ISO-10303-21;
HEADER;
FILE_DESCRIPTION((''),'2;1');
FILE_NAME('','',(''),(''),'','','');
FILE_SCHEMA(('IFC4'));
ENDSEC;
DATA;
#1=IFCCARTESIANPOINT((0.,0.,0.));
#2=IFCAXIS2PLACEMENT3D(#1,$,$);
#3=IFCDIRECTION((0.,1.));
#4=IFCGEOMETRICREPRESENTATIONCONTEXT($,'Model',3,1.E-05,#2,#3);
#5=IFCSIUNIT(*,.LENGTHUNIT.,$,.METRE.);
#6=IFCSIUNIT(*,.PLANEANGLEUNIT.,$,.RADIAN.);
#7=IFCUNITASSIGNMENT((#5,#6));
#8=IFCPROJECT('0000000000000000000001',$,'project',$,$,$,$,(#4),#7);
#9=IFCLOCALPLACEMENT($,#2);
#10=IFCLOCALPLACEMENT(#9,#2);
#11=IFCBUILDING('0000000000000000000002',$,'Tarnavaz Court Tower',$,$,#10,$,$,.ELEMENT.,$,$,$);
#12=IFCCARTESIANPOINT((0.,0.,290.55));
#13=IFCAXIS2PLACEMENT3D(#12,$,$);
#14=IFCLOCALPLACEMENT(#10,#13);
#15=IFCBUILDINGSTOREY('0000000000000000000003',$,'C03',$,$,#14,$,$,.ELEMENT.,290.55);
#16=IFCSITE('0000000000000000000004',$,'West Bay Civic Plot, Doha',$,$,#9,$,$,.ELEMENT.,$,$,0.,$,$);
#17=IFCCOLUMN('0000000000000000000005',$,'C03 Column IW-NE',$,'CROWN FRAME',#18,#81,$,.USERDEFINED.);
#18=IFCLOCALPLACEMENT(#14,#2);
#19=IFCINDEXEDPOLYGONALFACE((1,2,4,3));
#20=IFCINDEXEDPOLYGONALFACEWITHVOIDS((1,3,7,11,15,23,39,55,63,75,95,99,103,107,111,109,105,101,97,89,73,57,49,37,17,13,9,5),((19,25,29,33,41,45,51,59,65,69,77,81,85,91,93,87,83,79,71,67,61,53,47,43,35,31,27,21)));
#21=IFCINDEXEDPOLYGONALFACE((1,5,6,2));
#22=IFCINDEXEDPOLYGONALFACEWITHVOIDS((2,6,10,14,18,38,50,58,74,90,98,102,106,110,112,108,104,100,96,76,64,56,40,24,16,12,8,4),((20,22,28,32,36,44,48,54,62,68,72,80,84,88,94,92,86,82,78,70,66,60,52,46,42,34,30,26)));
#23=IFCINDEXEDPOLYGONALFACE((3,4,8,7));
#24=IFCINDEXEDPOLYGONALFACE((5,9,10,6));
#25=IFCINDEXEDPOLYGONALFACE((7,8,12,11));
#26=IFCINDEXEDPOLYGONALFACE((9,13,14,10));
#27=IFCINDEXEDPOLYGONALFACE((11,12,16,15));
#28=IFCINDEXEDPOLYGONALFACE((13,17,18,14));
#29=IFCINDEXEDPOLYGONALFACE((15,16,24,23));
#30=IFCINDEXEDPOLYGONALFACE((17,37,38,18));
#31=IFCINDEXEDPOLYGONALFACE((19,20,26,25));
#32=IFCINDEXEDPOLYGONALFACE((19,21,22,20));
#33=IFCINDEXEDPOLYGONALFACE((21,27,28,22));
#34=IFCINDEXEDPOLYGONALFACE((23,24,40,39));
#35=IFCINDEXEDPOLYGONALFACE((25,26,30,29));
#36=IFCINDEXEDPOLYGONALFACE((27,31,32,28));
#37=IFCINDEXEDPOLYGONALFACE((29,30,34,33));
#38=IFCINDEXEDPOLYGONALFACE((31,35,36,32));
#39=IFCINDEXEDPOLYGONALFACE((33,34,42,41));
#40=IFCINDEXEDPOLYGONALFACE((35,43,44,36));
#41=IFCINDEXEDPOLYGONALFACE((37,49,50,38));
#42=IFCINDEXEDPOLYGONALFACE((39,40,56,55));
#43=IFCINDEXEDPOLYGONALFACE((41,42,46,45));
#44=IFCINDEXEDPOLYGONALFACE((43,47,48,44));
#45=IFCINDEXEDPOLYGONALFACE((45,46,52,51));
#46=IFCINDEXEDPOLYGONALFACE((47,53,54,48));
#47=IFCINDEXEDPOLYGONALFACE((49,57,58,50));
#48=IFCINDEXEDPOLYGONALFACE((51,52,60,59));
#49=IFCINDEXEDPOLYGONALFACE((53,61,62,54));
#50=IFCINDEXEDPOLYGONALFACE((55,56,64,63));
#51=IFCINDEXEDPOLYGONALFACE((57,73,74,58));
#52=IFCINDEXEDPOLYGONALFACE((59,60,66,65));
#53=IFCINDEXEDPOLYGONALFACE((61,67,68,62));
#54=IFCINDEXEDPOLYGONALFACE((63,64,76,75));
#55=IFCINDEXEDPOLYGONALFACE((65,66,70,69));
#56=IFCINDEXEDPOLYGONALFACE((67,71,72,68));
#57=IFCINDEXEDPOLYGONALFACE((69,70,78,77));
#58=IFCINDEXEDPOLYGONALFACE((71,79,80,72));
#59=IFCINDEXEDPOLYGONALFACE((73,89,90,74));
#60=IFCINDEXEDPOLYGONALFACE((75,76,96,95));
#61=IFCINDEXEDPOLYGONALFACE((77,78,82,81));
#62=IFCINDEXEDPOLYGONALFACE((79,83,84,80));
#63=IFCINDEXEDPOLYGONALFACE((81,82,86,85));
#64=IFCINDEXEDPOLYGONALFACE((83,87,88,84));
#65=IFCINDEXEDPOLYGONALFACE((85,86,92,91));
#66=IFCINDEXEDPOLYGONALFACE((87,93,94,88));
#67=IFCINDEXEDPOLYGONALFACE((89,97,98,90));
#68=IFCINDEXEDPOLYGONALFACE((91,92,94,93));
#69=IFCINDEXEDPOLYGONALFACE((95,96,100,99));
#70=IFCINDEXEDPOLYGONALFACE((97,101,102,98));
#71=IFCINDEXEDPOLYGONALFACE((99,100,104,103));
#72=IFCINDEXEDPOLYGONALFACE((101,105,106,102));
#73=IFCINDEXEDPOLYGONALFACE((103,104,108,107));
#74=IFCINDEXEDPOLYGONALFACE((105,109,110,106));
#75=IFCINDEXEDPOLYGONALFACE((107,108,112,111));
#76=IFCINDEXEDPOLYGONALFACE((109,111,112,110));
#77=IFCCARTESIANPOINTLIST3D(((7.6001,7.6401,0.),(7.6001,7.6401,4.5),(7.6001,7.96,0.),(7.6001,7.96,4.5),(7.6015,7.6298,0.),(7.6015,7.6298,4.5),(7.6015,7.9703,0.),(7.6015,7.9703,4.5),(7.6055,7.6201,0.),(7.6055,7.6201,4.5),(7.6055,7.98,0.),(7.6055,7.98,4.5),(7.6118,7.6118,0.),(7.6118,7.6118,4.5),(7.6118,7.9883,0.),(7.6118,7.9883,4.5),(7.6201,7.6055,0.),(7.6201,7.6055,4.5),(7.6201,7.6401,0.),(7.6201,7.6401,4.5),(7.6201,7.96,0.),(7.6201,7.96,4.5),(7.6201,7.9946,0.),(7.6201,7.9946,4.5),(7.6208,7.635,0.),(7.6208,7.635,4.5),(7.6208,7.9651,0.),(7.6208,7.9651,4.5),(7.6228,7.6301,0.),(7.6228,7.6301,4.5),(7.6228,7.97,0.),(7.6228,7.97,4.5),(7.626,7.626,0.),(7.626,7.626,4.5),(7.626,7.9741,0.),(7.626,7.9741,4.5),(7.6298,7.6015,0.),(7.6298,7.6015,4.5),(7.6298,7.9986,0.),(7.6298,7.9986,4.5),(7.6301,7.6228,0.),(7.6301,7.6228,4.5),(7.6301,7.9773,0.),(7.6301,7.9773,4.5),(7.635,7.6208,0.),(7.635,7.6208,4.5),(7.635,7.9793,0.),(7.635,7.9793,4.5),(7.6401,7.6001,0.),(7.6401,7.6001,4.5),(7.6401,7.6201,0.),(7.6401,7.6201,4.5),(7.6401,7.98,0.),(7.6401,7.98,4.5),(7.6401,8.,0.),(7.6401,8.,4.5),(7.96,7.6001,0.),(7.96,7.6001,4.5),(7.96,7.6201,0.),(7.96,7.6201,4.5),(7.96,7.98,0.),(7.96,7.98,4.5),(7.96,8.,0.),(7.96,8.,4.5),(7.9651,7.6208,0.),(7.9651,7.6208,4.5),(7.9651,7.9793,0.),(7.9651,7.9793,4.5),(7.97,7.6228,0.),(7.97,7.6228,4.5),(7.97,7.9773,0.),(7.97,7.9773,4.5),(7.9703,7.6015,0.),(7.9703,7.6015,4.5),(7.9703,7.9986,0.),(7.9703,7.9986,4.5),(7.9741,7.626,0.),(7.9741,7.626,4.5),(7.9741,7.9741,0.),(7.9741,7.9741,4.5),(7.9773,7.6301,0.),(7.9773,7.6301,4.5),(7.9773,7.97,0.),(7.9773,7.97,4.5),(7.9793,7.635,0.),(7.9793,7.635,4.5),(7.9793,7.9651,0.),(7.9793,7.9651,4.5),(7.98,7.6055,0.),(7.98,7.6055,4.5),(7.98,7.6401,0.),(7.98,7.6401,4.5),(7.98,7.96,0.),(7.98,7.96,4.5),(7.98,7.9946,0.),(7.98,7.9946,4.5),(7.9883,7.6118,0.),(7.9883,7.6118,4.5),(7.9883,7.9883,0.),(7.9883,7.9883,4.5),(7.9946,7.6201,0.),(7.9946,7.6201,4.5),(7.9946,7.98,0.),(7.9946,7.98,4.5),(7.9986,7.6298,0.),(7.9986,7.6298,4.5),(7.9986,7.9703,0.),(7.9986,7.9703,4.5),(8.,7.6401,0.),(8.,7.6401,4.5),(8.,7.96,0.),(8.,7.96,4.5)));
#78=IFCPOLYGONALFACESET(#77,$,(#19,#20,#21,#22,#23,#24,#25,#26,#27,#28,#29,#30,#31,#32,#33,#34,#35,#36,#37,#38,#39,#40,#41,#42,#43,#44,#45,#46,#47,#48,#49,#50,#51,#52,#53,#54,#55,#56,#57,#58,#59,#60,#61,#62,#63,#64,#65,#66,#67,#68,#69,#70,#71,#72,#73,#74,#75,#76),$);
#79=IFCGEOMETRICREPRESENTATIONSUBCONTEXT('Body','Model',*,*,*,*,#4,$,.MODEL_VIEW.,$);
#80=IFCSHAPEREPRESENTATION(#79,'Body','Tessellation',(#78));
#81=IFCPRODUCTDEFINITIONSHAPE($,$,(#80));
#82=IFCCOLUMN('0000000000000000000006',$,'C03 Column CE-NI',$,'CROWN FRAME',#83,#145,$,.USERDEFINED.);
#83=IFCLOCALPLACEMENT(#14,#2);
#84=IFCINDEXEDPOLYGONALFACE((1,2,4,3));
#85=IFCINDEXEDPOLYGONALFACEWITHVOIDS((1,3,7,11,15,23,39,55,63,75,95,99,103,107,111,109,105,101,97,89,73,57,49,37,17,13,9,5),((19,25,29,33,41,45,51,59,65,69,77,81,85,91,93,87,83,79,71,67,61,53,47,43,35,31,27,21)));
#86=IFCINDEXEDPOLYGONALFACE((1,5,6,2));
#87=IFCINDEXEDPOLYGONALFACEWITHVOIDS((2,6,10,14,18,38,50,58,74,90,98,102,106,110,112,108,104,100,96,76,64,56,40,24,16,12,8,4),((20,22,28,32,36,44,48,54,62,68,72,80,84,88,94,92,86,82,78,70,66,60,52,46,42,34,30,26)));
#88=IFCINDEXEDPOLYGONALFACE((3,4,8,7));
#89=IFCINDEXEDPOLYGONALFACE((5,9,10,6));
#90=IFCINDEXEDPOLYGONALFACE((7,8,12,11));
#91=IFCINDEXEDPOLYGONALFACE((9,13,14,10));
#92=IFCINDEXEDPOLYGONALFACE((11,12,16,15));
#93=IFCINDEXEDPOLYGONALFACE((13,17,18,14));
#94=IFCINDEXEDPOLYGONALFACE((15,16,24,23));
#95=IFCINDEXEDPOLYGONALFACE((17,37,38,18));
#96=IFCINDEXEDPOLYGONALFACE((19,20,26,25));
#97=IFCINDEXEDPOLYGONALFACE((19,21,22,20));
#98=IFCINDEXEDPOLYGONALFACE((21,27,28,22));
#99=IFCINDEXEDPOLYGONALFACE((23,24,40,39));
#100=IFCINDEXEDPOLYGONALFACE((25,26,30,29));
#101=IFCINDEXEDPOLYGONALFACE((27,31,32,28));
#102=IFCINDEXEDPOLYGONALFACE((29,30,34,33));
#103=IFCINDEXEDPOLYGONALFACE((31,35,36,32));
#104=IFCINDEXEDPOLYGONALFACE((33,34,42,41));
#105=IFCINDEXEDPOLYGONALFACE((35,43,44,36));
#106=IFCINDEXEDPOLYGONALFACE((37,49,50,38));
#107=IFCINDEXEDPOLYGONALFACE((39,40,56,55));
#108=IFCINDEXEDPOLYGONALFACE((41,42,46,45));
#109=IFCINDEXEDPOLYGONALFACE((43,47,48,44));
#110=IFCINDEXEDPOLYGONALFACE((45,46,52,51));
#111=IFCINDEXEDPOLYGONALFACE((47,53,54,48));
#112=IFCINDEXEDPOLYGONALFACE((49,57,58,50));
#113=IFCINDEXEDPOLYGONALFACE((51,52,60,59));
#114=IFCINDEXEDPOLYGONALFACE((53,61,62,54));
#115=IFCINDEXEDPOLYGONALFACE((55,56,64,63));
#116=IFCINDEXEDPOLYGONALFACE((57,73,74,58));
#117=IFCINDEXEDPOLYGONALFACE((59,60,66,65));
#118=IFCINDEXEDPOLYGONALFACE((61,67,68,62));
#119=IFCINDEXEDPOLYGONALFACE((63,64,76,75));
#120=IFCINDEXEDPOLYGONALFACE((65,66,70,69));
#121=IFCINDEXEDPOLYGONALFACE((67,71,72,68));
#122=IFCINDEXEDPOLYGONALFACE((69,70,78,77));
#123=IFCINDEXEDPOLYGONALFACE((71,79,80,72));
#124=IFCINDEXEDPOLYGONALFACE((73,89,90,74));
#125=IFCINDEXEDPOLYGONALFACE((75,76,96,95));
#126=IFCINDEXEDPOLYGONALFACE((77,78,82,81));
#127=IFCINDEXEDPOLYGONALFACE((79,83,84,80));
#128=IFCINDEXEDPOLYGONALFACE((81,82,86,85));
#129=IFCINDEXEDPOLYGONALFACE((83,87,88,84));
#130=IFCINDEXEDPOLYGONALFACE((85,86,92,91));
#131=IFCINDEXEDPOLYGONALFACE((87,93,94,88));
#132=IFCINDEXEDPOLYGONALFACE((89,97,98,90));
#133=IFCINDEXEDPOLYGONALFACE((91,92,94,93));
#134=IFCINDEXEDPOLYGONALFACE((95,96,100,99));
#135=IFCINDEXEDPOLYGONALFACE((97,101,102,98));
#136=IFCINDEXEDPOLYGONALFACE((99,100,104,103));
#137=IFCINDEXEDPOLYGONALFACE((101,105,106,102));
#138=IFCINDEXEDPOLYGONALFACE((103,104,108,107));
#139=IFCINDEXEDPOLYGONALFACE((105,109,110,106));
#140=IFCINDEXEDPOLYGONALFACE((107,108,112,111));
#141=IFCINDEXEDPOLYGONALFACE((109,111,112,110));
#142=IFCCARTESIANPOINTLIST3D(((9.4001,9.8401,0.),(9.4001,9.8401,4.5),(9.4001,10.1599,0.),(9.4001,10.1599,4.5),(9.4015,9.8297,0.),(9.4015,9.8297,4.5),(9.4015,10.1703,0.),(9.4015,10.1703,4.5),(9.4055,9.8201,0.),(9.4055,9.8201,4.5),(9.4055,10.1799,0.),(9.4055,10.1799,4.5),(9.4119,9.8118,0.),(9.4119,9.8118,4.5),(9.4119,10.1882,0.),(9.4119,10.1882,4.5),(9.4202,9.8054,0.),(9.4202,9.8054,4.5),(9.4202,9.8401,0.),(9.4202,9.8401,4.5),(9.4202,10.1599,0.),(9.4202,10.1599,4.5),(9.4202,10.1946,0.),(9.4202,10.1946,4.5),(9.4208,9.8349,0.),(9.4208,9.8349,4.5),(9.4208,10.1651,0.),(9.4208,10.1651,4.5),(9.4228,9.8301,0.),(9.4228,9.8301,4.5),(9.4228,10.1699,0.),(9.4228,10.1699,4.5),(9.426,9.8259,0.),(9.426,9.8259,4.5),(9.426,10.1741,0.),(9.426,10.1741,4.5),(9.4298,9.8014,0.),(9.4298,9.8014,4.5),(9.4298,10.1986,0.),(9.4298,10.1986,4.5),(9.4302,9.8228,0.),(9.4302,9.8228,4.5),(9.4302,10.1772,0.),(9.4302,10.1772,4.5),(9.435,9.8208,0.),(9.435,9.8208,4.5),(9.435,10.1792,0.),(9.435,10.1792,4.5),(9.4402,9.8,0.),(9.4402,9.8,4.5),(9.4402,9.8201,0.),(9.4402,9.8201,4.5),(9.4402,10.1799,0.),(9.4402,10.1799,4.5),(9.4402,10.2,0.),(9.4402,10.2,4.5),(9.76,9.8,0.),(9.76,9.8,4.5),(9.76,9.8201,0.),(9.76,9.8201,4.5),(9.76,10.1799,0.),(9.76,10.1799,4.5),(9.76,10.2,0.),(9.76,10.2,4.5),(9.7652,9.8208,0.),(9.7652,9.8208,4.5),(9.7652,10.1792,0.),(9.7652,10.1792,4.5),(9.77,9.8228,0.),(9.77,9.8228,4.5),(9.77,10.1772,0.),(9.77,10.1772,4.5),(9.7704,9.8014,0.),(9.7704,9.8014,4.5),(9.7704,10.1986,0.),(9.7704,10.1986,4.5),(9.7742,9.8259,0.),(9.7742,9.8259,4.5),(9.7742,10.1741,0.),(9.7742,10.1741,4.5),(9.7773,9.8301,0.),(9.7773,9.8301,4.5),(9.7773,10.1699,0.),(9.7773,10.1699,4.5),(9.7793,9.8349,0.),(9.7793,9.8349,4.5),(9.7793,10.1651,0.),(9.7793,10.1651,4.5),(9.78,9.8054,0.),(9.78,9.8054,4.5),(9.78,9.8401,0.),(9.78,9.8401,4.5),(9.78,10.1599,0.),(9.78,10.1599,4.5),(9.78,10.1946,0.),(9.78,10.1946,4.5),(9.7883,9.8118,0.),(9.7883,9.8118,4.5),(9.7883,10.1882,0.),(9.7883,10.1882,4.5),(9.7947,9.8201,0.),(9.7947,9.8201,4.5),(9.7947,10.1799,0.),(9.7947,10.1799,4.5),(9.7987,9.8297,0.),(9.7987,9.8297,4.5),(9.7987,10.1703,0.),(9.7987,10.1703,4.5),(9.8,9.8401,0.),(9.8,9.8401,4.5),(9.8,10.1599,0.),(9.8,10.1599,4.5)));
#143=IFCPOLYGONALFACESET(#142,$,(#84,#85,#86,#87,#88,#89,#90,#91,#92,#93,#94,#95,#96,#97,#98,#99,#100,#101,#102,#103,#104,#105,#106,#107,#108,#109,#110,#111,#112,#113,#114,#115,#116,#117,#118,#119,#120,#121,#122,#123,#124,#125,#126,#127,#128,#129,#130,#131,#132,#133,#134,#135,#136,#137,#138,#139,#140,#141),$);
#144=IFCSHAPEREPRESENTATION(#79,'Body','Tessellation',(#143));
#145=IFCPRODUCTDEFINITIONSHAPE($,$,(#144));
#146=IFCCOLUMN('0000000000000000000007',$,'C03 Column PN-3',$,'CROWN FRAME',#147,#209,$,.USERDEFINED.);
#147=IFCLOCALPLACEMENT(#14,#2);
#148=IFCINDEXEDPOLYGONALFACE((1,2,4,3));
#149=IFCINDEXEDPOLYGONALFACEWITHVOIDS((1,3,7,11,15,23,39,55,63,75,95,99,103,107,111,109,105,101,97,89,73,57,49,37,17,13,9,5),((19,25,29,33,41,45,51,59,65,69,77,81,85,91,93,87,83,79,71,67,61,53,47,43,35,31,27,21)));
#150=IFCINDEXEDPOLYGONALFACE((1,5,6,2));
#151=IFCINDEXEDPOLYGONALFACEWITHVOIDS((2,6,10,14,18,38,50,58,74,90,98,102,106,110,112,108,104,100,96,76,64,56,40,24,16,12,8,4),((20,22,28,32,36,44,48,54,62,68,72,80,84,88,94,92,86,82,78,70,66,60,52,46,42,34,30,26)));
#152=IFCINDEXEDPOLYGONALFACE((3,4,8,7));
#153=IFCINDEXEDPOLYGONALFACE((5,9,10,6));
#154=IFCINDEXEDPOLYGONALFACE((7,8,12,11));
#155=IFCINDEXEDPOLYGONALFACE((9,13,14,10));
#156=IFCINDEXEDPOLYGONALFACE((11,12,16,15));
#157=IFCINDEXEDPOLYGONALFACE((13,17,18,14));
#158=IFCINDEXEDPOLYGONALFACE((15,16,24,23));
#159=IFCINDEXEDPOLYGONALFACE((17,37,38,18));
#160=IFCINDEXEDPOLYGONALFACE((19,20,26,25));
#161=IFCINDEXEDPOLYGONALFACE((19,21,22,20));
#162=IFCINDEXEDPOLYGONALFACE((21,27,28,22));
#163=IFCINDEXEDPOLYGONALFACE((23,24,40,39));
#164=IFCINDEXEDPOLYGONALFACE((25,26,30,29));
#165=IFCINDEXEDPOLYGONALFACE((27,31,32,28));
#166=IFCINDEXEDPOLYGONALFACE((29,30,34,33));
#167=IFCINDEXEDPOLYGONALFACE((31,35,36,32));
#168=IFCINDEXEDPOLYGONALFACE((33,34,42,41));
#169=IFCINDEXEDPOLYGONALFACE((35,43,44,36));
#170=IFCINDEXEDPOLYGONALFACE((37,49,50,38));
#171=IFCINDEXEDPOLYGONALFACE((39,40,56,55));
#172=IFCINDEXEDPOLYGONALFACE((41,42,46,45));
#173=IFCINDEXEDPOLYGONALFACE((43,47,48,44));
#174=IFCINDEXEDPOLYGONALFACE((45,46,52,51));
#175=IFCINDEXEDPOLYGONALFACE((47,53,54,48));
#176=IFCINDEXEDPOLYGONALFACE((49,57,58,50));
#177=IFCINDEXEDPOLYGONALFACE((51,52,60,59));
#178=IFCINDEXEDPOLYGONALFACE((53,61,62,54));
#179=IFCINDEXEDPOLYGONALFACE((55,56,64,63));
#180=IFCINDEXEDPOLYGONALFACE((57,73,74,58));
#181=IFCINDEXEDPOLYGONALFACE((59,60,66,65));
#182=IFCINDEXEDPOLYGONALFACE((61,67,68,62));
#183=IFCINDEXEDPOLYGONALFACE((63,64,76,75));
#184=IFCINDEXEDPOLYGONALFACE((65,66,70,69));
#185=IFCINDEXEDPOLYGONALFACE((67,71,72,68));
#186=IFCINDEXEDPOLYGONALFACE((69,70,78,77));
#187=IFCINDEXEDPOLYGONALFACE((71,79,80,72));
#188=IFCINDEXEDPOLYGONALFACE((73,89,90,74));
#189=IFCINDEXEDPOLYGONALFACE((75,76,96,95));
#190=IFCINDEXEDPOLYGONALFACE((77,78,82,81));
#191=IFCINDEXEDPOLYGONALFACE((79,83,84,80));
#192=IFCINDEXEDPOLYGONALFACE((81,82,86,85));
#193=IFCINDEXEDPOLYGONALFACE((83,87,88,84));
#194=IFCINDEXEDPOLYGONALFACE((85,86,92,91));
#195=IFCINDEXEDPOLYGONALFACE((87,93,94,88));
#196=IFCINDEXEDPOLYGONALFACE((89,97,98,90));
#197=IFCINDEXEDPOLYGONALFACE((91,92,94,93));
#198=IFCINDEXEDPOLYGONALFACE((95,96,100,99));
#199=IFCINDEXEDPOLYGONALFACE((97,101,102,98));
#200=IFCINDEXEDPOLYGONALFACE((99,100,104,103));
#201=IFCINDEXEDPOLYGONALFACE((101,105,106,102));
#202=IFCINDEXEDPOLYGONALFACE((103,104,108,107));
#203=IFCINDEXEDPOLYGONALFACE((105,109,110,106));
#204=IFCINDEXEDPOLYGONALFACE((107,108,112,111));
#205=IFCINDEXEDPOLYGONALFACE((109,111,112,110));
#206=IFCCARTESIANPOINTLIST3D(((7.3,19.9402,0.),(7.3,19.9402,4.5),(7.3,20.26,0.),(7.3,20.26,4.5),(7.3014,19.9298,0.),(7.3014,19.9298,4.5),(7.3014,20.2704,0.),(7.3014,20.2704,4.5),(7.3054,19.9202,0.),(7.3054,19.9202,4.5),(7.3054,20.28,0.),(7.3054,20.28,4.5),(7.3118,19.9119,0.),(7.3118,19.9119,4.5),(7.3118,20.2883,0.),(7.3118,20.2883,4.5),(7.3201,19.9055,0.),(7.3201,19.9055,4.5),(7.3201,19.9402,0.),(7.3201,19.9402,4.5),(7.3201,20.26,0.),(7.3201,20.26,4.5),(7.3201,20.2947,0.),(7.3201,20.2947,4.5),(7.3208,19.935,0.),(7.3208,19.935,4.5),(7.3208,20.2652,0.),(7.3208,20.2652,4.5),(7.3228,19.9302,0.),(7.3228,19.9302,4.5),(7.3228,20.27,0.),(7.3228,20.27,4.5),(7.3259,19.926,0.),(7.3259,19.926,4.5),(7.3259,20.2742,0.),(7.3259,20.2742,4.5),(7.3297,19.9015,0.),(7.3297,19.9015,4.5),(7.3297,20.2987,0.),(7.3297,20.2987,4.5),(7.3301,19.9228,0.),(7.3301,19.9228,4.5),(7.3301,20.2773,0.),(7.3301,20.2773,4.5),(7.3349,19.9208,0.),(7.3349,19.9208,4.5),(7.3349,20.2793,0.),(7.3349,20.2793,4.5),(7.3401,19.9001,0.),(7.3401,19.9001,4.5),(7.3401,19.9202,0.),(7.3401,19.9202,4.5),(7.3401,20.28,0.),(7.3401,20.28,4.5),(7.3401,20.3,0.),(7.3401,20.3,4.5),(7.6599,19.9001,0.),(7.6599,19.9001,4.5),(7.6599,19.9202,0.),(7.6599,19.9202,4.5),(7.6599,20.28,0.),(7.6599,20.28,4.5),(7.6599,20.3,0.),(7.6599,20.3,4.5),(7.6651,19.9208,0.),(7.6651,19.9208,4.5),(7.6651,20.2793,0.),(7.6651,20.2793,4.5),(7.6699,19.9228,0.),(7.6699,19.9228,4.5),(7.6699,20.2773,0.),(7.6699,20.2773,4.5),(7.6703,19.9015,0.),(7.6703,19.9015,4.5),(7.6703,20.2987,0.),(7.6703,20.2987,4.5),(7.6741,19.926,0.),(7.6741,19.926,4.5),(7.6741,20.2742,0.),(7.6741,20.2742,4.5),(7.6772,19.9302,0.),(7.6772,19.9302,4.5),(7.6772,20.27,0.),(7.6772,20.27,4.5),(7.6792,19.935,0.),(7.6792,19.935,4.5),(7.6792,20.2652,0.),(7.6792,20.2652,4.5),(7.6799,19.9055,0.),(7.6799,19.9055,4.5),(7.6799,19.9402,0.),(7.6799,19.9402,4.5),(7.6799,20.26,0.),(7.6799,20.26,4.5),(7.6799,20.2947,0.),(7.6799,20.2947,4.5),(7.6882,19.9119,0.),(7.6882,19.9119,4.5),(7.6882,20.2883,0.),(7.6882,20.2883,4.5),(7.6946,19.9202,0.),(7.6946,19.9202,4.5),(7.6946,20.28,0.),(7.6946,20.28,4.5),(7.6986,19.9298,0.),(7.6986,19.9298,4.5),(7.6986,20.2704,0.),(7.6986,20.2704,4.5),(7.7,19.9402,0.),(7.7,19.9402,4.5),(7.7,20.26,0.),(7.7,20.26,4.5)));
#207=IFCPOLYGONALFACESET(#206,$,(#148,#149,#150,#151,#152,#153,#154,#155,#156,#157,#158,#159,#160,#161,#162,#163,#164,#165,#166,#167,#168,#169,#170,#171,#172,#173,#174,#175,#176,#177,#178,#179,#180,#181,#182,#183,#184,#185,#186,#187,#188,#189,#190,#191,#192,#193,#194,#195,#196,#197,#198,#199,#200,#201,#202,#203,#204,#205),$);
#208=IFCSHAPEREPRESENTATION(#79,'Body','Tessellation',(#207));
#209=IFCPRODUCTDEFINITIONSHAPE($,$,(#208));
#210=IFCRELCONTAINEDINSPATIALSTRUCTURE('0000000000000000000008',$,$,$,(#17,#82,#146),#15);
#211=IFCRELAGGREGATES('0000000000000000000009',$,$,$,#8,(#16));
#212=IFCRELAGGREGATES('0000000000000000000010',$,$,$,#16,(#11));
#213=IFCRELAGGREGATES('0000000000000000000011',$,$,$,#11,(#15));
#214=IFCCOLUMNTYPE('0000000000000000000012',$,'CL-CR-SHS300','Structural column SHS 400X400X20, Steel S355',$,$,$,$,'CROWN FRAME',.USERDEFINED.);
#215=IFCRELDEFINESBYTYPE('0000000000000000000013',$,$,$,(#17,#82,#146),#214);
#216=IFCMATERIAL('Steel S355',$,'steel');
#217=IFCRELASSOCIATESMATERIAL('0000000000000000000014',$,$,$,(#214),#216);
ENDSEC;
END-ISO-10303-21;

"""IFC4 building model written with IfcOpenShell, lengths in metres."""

from ifc_helpers import new_model, si_unit, direction, frame, origin, origin_2d, place, context, subcontext, project, spatial, hollow_rectangle, extrude, material, material_profile, profile_set, type_object, element, save


model = new_model("IFC4")

# Units and contexts
model_context = context("Model", 3, precision=1e-05, world=origin(), true_north=direction((0.0, 1.0)))
body_context = subcontext(model_context, "Body", "Model", "MODEL_VIEW")
ifc_project = project(units=[si_unit("LENGTHUNIT", "METRE"), si_unit("PLANEANGLEUNIT", "RADIAN")], contexts=[model_context])

# Site, building, storey
site_placement = place(None, origin())
site = spatial("IfcSite", under=ifc_project, at=site_placement, Name="West Bay Civic Plot, Doha", CompositionType="ELEMENT", RefElevation=0.0)
building_placement = place(site_placement, origin())
building = spatial("IfcBuilding", under=site, at=building_placement, Name="Tarnavaz Court Tower", CompositionType="ELEMENT")
storey_placement = place(building_placement, frame((0.0, 0.0, 290.55)))
storey = spatial("IfcBuildingStorey", under=building, at=storey_placement, Name="C03", CompositionType="ELEMENT", Elevation=290.55)

# Columns
ifc_material_1 = material(Name="Steel S355", Category="steel")
ifc_material_profile_1 = material_profile(ifc_material_1, hollow_rectangle(XDim=0.3999, YDim=0.3999, WallThickness=0.02, InnerFilletRadius=0.02, OuterFilletRadius=0.04, at=origin_2d()), Name="SHS 400X400X20")
ifc_profile_set_1 = profile_set([ifc_material_profile_1], Name="Steel S355")
column_type = type_object("IfcColumnType", Name="CL-CR-SHS300", Description="Structural column SHS 400X400X20, Steel S355", ElementType="CROWN FRAME", PredefinedType="USERDEFINED", material=ifc_profile_set_1)
for number, where, z_axis, x_axis, name in (
    (1, (7.8, 7.8, 0.0), (0.0, 0.0, 1.0), (1.0, 0.0, 0.0), "C03 Column IW-NE"),
    (2, (9.6001, 10.0, 0.0), (0.0, 0.0, 1.0), (1.0, 0.0, 0.0), "C03 Column CE-NI"),
    (3, (7.5, 20.1001, 0.0), (0.0, 0.0, 1.0), (1.0, 0.0, 0.0), "C03 Column PN-3"),
):
    element("IfcColumn", number, at=place(storey_placement, frame(where, z_axis=z_axis, x_axis=x_axis)), inside=storey, type_object=column_type, Name=name, ObjectType="CROWN FRAME", PredefinedType="USERDEFINED", context=body_context, shape_type="SweptSolid", body=[
        extrude(hollow_rectangle(XDim=0.3999, YDim=0.3999, WallThickness=0.02, InnerFilletRadius=0.02, OuterFilletRadius=0.04, at=origin_2d()), origin(), (0.0, 0.0, 1.0), 4.5),
    ])

save(model, "model.ifc")
